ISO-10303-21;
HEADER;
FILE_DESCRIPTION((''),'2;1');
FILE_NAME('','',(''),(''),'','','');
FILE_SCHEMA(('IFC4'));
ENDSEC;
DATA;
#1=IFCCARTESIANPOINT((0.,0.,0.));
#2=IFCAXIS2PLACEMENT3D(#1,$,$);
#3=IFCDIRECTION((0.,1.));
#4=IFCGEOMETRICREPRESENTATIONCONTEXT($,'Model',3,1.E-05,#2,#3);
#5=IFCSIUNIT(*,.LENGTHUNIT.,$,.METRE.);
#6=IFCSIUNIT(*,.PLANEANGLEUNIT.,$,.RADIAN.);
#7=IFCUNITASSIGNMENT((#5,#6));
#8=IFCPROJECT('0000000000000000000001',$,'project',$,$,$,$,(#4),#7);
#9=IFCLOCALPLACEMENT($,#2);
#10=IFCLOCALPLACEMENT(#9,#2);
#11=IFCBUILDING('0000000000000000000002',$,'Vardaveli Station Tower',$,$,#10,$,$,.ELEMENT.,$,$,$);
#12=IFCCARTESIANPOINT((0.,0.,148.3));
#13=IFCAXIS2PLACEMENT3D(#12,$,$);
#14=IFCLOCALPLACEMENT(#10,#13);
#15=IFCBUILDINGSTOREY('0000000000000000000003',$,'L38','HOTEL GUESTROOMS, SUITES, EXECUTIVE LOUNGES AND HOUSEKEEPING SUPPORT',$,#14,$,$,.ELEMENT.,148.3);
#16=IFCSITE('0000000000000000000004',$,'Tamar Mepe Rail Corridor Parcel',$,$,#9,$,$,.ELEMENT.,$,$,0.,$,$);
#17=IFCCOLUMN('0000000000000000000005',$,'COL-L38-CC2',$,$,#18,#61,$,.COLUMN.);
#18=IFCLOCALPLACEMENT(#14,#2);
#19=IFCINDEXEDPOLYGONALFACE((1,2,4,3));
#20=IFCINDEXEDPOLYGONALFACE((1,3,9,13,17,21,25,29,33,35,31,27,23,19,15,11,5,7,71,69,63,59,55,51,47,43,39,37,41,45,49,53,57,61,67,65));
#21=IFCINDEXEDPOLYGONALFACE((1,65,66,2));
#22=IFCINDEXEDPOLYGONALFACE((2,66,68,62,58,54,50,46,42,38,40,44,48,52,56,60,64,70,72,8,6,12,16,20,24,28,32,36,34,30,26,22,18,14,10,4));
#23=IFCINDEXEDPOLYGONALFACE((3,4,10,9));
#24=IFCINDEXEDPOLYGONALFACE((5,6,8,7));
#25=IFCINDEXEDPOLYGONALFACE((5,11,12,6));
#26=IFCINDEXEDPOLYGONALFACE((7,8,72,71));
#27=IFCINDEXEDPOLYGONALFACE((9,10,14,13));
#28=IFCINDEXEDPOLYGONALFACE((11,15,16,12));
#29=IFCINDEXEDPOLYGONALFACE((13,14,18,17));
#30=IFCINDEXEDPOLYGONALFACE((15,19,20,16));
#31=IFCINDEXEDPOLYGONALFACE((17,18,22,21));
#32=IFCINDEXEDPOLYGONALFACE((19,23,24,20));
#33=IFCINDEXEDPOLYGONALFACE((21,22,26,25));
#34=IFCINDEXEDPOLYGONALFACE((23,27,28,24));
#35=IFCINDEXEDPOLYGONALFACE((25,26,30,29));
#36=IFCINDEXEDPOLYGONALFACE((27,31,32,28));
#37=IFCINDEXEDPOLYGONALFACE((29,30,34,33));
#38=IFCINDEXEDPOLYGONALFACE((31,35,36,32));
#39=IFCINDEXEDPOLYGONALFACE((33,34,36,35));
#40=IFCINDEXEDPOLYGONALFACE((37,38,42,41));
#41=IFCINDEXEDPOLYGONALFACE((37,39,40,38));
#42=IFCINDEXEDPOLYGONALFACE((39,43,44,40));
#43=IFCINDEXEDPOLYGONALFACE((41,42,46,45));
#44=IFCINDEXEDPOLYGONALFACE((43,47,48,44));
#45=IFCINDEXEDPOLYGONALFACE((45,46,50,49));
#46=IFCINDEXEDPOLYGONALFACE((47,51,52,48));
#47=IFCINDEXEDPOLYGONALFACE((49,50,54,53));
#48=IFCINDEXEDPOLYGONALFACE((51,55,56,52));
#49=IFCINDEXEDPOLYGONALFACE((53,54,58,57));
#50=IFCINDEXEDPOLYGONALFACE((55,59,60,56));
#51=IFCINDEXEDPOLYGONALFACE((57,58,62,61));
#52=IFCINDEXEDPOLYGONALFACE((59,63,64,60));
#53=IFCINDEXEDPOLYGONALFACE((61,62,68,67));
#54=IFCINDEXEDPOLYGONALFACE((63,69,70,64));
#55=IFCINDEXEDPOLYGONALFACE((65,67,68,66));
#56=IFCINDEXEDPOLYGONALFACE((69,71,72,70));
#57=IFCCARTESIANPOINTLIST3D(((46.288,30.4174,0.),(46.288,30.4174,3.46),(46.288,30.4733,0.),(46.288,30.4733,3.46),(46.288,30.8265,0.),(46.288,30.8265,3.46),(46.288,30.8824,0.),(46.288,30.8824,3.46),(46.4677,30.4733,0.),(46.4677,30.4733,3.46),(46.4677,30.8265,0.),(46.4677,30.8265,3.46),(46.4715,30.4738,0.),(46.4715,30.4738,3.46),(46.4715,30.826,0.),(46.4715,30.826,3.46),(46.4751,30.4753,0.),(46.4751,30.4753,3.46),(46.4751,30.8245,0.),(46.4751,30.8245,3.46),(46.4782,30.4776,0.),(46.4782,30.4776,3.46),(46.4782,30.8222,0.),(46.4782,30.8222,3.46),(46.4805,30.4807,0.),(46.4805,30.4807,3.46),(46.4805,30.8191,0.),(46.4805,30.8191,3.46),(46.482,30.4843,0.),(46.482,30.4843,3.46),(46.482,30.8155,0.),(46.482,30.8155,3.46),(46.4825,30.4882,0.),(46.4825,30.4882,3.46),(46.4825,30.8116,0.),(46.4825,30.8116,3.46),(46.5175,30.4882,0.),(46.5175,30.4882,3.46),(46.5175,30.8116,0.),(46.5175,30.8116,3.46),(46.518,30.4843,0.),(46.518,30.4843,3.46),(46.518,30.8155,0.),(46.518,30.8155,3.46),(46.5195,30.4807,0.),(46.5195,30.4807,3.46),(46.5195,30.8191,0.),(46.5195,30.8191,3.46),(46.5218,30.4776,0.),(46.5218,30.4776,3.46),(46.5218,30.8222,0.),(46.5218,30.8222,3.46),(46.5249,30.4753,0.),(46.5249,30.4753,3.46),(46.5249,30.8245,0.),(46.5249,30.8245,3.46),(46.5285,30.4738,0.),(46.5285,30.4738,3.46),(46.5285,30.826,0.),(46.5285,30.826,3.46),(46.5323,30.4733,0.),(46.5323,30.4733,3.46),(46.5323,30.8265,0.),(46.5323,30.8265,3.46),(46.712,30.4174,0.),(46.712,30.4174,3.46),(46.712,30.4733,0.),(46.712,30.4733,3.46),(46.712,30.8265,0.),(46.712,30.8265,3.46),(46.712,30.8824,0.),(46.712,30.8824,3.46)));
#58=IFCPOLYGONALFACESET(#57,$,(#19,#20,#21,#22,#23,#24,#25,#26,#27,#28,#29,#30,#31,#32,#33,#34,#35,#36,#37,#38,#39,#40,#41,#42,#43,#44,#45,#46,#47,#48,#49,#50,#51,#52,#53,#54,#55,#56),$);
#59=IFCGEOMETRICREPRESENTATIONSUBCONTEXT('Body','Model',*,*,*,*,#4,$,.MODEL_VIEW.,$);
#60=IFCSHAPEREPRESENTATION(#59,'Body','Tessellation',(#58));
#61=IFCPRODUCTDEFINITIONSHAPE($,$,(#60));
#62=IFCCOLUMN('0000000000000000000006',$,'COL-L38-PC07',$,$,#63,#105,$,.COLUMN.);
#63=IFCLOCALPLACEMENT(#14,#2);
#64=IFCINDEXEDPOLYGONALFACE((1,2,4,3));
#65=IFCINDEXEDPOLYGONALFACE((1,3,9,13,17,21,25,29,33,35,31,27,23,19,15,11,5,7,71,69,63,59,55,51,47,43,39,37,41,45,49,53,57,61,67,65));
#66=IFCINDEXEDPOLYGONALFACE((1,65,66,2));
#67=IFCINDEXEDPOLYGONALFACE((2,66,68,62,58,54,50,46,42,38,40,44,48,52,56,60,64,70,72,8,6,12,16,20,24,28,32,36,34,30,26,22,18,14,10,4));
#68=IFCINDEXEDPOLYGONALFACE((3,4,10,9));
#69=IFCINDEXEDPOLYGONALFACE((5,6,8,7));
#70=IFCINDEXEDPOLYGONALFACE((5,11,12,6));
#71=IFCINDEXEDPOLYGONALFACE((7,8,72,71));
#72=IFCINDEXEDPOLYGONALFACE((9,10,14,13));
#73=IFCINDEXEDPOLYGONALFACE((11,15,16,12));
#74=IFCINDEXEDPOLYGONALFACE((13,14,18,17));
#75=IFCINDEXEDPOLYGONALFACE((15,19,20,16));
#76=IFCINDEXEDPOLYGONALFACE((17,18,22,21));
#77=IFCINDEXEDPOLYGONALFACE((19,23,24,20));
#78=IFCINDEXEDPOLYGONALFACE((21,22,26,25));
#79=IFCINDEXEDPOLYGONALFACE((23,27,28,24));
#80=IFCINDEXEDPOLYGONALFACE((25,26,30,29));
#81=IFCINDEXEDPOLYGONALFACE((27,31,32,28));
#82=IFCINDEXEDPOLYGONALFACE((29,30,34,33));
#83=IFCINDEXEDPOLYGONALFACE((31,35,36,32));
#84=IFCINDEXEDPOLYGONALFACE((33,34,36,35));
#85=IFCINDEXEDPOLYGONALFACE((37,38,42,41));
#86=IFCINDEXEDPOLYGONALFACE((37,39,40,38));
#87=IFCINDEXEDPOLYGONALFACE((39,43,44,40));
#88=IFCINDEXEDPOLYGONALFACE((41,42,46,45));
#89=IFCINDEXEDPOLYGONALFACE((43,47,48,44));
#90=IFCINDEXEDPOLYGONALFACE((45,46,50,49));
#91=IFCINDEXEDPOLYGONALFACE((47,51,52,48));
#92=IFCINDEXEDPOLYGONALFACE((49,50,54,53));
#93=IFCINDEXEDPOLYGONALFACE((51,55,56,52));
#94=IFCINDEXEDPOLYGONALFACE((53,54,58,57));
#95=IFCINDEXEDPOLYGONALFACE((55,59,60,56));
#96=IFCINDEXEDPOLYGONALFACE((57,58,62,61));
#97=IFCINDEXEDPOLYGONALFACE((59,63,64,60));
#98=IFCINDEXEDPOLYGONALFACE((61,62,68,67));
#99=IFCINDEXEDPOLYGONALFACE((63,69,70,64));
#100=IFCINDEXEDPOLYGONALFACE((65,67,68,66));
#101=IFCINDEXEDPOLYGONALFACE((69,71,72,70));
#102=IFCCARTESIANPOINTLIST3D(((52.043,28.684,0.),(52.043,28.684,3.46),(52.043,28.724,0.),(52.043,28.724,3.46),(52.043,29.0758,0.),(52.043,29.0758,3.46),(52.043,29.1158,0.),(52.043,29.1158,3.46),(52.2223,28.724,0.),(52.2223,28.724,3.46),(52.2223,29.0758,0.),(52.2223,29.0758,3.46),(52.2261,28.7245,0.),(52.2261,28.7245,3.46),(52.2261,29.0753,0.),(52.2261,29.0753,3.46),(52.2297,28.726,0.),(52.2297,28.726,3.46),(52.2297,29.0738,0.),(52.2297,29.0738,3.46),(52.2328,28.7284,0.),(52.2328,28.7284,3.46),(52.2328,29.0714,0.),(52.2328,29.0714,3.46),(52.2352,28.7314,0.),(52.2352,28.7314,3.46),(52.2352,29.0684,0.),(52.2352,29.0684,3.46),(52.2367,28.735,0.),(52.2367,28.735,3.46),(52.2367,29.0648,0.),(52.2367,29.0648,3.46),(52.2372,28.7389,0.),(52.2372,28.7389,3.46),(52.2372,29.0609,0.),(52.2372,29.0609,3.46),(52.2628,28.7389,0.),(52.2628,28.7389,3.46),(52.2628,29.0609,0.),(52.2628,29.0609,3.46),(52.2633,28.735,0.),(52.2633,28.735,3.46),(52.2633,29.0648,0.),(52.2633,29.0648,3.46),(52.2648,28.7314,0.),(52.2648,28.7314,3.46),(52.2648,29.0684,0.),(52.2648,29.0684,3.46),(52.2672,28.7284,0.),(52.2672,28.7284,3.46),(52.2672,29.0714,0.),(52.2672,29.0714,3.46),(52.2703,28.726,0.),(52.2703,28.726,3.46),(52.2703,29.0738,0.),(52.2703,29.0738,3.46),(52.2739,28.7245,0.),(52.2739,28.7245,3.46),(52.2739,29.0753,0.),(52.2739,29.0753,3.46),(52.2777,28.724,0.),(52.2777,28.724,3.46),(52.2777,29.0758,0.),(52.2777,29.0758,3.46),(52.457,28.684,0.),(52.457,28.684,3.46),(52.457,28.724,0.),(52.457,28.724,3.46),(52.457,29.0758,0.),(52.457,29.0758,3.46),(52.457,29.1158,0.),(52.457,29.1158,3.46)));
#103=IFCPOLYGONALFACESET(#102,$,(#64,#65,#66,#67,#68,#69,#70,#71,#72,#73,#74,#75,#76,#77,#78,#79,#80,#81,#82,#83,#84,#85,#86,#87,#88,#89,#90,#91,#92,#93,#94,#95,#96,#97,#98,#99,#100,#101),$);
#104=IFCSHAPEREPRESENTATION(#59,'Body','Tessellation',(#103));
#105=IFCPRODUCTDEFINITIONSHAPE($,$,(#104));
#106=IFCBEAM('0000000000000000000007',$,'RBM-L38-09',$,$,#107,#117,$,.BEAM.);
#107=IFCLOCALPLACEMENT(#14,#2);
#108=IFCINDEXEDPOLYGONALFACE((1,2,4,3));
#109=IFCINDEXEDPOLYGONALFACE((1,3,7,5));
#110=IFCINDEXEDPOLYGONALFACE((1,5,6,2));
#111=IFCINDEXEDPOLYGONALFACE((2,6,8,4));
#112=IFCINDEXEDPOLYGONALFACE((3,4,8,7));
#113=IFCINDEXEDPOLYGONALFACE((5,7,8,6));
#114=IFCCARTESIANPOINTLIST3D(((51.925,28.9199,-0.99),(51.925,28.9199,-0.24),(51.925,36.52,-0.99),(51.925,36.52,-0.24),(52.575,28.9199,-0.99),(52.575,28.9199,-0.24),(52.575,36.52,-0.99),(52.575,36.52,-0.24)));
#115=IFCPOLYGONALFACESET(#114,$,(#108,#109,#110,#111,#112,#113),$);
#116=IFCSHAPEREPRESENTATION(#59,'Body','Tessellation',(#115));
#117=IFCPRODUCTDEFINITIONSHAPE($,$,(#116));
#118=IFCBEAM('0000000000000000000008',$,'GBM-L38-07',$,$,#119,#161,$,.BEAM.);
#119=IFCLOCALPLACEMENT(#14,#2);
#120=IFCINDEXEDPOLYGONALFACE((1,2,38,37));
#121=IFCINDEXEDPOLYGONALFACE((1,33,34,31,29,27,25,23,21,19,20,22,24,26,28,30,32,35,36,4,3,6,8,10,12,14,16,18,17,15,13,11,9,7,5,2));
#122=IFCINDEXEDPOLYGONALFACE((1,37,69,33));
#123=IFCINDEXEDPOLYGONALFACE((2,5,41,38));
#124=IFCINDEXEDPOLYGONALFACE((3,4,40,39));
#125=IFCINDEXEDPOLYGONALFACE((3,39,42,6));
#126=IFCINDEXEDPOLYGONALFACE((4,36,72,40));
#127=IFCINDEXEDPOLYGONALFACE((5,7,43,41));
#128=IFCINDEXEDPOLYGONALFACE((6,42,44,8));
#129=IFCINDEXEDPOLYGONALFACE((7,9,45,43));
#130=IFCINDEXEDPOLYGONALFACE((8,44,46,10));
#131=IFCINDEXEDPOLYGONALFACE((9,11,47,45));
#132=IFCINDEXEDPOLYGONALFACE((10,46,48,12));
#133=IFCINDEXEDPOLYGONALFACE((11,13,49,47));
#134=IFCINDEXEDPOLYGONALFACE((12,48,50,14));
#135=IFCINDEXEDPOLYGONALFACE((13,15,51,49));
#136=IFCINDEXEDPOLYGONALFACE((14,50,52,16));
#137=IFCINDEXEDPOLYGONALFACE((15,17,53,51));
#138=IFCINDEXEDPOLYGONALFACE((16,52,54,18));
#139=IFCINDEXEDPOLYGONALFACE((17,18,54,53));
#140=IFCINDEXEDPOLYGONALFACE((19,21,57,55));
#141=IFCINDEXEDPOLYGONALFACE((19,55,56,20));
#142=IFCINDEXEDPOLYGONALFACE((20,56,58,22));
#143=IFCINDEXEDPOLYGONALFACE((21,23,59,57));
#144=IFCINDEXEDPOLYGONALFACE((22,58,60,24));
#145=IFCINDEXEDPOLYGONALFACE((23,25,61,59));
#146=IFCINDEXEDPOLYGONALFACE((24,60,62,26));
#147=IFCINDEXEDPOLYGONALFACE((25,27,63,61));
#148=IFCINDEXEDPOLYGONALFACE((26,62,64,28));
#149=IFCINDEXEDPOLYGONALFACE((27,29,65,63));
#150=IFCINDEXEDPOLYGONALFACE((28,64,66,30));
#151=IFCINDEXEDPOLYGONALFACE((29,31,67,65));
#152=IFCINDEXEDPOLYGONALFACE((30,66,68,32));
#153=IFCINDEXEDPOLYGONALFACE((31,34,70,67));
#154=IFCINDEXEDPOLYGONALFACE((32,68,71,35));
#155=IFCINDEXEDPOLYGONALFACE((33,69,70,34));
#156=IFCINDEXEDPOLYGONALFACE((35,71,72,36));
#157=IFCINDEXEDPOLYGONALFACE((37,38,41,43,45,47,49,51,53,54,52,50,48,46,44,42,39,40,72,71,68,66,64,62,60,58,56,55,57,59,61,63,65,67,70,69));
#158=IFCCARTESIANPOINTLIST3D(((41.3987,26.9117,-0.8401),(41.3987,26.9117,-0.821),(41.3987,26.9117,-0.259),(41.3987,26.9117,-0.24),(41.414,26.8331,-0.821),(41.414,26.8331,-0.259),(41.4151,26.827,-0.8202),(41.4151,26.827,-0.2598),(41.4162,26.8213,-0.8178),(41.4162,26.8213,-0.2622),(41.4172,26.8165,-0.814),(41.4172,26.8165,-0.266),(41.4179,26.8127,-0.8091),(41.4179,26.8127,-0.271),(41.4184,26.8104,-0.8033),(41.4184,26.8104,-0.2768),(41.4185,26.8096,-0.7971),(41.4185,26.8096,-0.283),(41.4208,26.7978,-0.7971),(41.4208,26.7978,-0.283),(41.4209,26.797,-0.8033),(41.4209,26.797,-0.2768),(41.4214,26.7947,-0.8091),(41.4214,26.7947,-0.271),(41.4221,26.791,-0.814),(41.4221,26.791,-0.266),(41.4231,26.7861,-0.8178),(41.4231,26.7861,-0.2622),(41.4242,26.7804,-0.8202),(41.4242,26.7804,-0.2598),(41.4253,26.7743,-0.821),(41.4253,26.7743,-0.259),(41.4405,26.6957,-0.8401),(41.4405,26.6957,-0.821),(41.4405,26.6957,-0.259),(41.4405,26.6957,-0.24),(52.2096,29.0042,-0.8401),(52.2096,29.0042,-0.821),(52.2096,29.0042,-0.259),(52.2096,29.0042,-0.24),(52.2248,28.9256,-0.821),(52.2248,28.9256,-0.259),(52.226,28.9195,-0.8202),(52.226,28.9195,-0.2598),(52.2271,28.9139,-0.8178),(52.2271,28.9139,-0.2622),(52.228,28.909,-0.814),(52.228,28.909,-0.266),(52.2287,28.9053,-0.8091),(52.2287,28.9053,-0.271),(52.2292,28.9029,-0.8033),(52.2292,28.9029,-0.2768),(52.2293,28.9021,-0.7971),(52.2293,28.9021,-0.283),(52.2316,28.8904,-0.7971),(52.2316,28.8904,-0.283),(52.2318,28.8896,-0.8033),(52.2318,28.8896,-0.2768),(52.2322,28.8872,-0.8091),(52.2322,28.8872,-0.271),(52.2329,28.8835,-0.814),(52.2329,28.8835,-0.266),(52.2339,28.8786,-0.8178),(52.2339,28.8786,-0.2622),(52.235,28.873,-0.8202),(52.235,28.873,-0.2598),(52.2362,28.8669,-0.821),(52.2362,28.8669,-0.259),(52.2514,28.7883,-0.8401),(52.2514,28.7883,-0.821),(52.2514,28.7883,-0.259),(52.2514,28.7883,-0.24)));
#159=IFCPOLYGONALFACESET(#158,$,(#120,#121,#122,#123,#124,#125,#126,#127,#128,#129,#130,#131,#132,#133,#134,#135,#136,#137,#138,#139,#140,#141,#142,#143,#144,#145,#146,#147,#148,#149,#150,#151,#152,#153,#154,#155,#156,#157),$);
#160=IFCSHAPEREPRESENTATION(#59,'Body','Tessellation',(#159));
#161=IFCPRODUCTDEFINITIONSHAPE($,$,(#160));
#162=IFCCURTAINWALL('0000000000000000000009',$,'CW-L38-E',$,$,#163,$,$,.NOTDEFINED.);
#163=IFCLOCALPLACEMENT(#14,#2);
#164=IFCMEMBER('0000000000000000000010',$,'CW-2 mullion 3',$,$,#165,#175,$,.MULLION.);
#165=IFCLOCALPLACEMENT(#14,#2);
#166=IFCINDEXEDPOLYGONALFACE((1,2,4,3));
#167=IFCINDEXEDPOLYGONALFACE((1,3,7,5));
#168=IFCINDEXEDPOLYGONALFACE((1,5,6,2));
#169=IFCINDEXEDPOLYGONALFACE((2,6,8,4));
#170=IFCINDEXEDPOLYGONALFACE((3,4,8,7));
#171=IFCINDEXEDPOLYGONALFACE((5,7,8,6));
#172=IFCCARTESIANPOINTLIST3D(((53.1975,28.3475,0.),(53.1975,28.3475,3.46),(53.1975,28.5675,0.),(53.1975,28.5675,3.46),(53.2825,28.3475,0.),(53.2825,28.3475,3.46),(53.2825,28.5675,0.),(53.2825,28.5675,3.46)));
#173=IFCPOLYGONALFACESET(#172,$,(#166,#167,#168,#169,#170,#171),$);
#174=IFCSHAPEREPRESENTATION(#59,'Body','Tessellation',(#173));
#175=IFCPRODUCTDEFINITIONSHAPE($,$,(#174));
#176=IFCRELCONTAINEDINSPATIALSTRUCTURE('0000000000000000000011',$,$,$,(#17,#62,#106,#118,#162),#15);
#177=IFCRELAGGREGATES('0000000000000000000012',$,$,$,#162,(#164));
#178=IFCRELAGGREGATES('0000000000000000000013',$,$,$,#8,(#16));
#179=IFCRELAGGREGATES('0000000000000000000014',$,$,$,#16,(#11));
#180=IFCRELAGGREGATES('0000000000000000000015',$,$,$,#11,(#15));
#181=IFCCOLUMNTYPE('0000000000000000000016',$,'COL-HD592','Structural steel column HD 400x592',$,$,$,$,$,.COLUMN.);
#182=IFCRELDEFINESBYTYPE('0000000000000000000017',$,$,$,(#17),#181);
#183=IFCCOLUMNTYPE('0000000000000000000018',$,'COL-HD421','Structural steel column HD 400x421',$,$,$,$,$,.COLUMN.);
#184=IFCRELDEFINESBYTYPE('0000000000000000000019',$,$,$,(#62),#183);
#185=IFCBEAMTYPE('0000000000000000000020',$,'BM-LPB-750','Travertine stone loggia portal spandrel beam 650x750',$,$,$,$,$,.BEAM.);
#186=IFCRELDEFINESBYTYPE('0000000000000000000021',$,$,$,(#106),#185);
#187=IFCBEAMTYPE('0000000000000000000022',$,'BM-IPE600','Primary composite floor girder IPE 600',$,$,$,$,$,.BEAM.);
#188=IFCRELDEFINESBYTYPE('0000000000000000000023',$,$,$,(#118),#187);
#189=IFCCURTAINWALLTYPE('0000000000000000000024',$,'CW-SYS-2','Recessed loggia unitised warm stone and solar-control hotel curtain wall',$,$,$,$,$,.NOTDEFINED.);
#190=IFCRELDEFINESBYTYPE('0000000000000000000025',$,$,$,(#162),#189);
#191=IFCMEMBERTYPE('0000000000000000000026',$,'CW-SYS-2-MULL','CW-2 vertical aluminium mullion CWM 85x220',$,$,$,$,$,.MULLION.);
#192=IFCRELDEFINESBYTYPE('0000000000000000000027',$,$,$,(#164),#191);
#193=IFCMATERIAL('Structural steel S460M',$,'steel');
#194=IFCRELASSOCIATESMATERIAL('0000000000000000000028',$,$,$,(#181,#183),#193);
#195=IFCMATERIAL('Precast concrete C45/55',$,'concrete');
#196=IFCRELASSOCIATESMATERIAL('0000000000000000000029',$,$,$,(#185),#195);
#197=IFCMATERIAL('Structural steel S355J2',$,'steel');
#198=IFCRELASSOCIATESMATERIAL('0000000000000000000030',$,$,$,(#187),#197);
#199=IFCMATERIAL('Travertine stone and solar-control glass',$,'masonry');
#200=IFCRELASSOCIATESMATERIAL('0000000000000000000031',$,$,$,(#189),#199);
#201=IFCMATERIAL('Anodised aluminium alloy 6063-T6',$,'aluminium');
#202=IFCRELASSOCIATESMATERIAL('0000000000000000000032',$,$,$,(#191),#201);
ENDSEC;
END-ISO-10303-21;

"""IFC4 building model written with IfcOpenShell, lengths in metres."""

from ifc_helpers import new_model, si_unit, direction, frame, origin, origin_2d, place, context, subcontext, project, spatial, rectangle, i_section, extrude, source, transform, mapped, material, material_profile, profile_set, type_object, element, aggregate, save


model = new_model("IFC4")

# Units and contexts
model_context = context("Model", 3, precision=1e-05, world=origin(), true_north=direction((0.0, 1.0)))
body_context = subcontext(model_context, "Body", "Model", "MODEL_VIEW")
ifc_project = project(units=[si_unit("LENGTHUNIT", "METRE"), si_unit("PLANEANGLEUNIT", "RADIAN")], contexts=[model_context])

# Site, building, storey
site_placement = place(None, origin())
site = spatial("IfcSite", under=ifc_project, at=site_placement, Name="Tamar Mepe Rail Corridor Parcel", CompositionType="ELEMENT", RefElevation=0.0)
building_placement = place(site_placement, origin())
building = spatial("IfcBuilding", under=site, at=building_placement, Name="Vardaveli Station Tower", CompositionType="ELEMENT")
storey_placement = place(building_placement, frame((0.0, 0.0, 148.3)))
storey = spatial("IfcBuildingStorey", under=building, at=storey_placement, Name="L38", Description="HOTEL GUESTROOMS, SUITES, EXECUTIVE LOUNGES AND HOUSEKEEPING SUPPORT", CompositionType="ELEMENT", Elevation=148.3)

# Columns
ifc_material_1 = material(Name="Structural steel S460M", Category="steel")
ifc_material_profile_1 = material_profile(ifc_material_1, i_section(OverallWidth=0.4241, OverallDepth=0.4651, WebThickness=0.0349, FlangeThickness=0.0559, FilletRadius=0.0149, at=origin_2d()), Name="HD 400x592")
ifc_profile_set_1 = profile_set([ifc_material_profile_1], Name="Structural steel S460M")
column_type_1 = type_object("IfcColumnType", Name="COL-HD592", Description="Structural steel column HD 400x592", PredefinedType="COLUMN", material=ifc_profile_set_1)
shared_shape_1 = source(origin(), body_context, "Body", "SweptSolid", [
    extrude(i_section(OverallWidth=0.4241, OverallDepth=0.4651, WebThickness=0.0349, FlangeThickness=0.0559, FilletRadius=0.0149, at=origin_2d()), origin(), (0.0, 0.0, 1.0), 3.46),
])
column_1_placement = place(storey_placement, frame((46.5, 30.6499, 0.0), z_axis=(0.0, 0.0, 1.0), x_axis=(1.0, 0.0, 0.0)))
element("IfcColumn", 1, at=column_1_placement, inside=storey, type_object=column_type_1, Name="COL-L38-CC2", PredefinedType="COLUMN", context=body_context, shape_type="MappedRepresentation", body=[
    mapped(shared_shape_1, transform((0.0, 0.0, 0.0), scale=1.0)),
])
ifc_material_profile_2 = material_profile(ifc_material_1, i_section(OverallWidth=0.4141, OverallDepth=0.4319, WebThickness=0.0256, FlangeThickness=0.04, FilletRadius=0.0149, at=origin_2d()), Name="HD 400x421")
ifc_profile_set_2 = profile_set([ifc_material_profile_2], Name="Structural steel S460M")
column_type_2 = type_object("IfcColumnType", Name="COL-HD421", Description="Structural steel column HD 400x421", PredefinedType="COLUMN", material=ifc_profile_set_2)
shared_shape_2 = source(origin(), body_context, "Body", "SweptSolid", [
    extrude(i_section(OverallWidth=0.4141, OverallDepth=0.4319, WebThickness=0.0256, FlangeThickness=0.04, FilletRadius=0.0149, at=origin_2d()), origin(), (0.0, 0.0, 1.0), 3.46),
])
column_2_placement = place(storey_placement, frame((52.25, 28.8999, 0.0), z_axis=(0.0, 0.0, 1.0), x_axis=(1.0, 0.0, 0.0)))
element("IfcColumn", 2, at=column_2_placement, inside=storey, type_object=column_type_2, Name="COL-L38-PC07", PredefinedType="COLUMN", context=body_context, shape_type="MappedRepresentation", body=[
    mapped(shared_shape_2, transform((0.0, 0.0, 0.0), scale=1.0)),
])

# Beams
ifc_material_2 = material(Name="Precast concrete C45/55", Category="concrete")
ifc_material_profile_3 = material_profile(ifc_material_2, rectangle(XDim=0.6499, YDim=0.75, at=origin_2d()), Name="LPB 650x750")
ifc_profile_set_3 = profile_set([ifc_material_profile_3], Name="Precast concrete C45/55")
beam_type_1 = type_object("IfcBeamType", Name="BM-LPB-750", Description="Travertine stone loggia portal spandrel beam 650x750", PredefinedType="BEAM", material=ifc_profile_set_3)
shared_shape_3 = source(origin(), body_context, "Body", "SweptSolid", [
    extrude(rectangle(XDim=0.6499, YDim=0.75, at=origin_2d()), origin(), (0.0, 0.0, 1.0), 7.6001),
])
beam_1_placement = place(storey_placement, frame((52.25, 28.9199, -0.615), z_axis=(0.0, 1.0, 0.0), x_axis=(-1.0, 0.0, 0.0)))
element("IfcBeam", 3, at=beam_1_placement, inside=storey, type_object=beam_type_1, Name="RBM-L38-09", PredefinedType="BEAM", context=body_context, shape_type="MappedRepresentation", body=[
    mapped(shared_shape_3, transform((0.0, 0.0, 0.0), scale=1.0)),
])
ifc_material_3 = material(Name="Structural steel S355J2", Category="steel")
ifc_material_profile_4 = material_profile(ifc_material_3, i_section(OverallWidth=0.22, OverallDepth=0.6001, WebThickness=0.012, FlangeThickness=0.019, FilletRadius=0.0239, at=origin_2d()), Name="IPE 600")
ifc_profile_set_4 = profile_set([ifc_material_profile_4], Name="Structural steel S355J2")
beam_type_2 = type_object("IfcBeamType", Name="BM-IPE600", Description="Primary composite floor girder IPE 600", PredefinedType="BEAM", material=ifc_profile_set_4)
shared_shape_4 = source(origin(), body_context, "Body", "SweptSolid", [
    extrude(i_section(OverallWidth=0.22, OverallDepth=0.6001, WebThickness=0.012, FlangeThickness=0.019, FilletRadius=0.0239, at=origin_2d()), origin(), (0.0, 0.0, 1.0), 11.0115),
])
beam_2_placement = place(storey_placement, frame((52.2305, 28.8962, -0.54), z_axis=(-0.981778, -0.190032, 0.0), x_axis=(0.190032, -0.981778, 0.0)))
element("IfcBeam", 4, at=beam_2_placement, inside=storey, type_object=beam_type_2, Name="GBM-L38-07", PredefinedType="BEAM", context=body_context, shape_type="MappedRepresentation", body=[
    mapped(shared_shape_4, transform((0.0, 0.0, 0.0), scale=1.0)),
])

# Curtain wall, member
ifc_material_4 = material(Name="Travertine stone and solar-control glass", Category="masonry")
curtain_wall_type = type_object("IfcCurtainWallType", Name="CW-SYS-2", Description="Recessed loggia unitised warm stone and solar-control hotel curtain wall", PredefinedType="NOTDEFINED", material=ifc_material_4)
curtain_wall_placement = place(storey_placement, origin())
curtain_wall = element("IfcCurtainWall", 5, at=curtain_wall_placement, inside=storey, type_object=curtain_wall_type, Name="CW-L38-E", PredefinedType="NOTDEFINED")
ifc_material_5 = material(Name="Anodised aluminium alloy 6063-T6", Category="aluminium")
ifc_material_profile_5 = material_profile(ifc_material_5, rectangle(XDim=0.085, YDim=0.22, at=origin_2d()), Name="CWM 85x220")
ifc_profile_set_5 = profile_set([ifc_material_profile_5], Name="Anodised aluminium alloy 6063-T6")
member_type = type_object("IfcMemberType", Name="CW-SYS-2-MULL", Description="CW-2 vertical aluminium mullion CWM 85x220", PredefinedType="MULLION", material=ifc_profile_set_5)
shared_shape_5 = source(origin(), body_context, "Body", "SweptSolid", [
    extrude(rectangle(XDim=0.085, YDim=0.22, at=origin_2d()), origin(), (0.0, 0.0, 1.0), 3.46),
])
member_placement = place(storey_placement, frame((53.24, 28.4575, 0.0), z_axis=(0.0, 0.0, 1.0), x_axis=(-1.0, 0.0, 0.0)))
member = element("IfcMember", 6, at=member_placement, type_object=member_type, Name="CW-2 mullion 3", PredefinedType="MULLION", context=body_context, shape_type="MappedRepresentation", body=[
    mapped(shared_shape_5, transform((0.0, 0.0, 0.0), scale=1.0)),
])
aggregate(curtain_wall, [member])

save(model, "model.ifc")
